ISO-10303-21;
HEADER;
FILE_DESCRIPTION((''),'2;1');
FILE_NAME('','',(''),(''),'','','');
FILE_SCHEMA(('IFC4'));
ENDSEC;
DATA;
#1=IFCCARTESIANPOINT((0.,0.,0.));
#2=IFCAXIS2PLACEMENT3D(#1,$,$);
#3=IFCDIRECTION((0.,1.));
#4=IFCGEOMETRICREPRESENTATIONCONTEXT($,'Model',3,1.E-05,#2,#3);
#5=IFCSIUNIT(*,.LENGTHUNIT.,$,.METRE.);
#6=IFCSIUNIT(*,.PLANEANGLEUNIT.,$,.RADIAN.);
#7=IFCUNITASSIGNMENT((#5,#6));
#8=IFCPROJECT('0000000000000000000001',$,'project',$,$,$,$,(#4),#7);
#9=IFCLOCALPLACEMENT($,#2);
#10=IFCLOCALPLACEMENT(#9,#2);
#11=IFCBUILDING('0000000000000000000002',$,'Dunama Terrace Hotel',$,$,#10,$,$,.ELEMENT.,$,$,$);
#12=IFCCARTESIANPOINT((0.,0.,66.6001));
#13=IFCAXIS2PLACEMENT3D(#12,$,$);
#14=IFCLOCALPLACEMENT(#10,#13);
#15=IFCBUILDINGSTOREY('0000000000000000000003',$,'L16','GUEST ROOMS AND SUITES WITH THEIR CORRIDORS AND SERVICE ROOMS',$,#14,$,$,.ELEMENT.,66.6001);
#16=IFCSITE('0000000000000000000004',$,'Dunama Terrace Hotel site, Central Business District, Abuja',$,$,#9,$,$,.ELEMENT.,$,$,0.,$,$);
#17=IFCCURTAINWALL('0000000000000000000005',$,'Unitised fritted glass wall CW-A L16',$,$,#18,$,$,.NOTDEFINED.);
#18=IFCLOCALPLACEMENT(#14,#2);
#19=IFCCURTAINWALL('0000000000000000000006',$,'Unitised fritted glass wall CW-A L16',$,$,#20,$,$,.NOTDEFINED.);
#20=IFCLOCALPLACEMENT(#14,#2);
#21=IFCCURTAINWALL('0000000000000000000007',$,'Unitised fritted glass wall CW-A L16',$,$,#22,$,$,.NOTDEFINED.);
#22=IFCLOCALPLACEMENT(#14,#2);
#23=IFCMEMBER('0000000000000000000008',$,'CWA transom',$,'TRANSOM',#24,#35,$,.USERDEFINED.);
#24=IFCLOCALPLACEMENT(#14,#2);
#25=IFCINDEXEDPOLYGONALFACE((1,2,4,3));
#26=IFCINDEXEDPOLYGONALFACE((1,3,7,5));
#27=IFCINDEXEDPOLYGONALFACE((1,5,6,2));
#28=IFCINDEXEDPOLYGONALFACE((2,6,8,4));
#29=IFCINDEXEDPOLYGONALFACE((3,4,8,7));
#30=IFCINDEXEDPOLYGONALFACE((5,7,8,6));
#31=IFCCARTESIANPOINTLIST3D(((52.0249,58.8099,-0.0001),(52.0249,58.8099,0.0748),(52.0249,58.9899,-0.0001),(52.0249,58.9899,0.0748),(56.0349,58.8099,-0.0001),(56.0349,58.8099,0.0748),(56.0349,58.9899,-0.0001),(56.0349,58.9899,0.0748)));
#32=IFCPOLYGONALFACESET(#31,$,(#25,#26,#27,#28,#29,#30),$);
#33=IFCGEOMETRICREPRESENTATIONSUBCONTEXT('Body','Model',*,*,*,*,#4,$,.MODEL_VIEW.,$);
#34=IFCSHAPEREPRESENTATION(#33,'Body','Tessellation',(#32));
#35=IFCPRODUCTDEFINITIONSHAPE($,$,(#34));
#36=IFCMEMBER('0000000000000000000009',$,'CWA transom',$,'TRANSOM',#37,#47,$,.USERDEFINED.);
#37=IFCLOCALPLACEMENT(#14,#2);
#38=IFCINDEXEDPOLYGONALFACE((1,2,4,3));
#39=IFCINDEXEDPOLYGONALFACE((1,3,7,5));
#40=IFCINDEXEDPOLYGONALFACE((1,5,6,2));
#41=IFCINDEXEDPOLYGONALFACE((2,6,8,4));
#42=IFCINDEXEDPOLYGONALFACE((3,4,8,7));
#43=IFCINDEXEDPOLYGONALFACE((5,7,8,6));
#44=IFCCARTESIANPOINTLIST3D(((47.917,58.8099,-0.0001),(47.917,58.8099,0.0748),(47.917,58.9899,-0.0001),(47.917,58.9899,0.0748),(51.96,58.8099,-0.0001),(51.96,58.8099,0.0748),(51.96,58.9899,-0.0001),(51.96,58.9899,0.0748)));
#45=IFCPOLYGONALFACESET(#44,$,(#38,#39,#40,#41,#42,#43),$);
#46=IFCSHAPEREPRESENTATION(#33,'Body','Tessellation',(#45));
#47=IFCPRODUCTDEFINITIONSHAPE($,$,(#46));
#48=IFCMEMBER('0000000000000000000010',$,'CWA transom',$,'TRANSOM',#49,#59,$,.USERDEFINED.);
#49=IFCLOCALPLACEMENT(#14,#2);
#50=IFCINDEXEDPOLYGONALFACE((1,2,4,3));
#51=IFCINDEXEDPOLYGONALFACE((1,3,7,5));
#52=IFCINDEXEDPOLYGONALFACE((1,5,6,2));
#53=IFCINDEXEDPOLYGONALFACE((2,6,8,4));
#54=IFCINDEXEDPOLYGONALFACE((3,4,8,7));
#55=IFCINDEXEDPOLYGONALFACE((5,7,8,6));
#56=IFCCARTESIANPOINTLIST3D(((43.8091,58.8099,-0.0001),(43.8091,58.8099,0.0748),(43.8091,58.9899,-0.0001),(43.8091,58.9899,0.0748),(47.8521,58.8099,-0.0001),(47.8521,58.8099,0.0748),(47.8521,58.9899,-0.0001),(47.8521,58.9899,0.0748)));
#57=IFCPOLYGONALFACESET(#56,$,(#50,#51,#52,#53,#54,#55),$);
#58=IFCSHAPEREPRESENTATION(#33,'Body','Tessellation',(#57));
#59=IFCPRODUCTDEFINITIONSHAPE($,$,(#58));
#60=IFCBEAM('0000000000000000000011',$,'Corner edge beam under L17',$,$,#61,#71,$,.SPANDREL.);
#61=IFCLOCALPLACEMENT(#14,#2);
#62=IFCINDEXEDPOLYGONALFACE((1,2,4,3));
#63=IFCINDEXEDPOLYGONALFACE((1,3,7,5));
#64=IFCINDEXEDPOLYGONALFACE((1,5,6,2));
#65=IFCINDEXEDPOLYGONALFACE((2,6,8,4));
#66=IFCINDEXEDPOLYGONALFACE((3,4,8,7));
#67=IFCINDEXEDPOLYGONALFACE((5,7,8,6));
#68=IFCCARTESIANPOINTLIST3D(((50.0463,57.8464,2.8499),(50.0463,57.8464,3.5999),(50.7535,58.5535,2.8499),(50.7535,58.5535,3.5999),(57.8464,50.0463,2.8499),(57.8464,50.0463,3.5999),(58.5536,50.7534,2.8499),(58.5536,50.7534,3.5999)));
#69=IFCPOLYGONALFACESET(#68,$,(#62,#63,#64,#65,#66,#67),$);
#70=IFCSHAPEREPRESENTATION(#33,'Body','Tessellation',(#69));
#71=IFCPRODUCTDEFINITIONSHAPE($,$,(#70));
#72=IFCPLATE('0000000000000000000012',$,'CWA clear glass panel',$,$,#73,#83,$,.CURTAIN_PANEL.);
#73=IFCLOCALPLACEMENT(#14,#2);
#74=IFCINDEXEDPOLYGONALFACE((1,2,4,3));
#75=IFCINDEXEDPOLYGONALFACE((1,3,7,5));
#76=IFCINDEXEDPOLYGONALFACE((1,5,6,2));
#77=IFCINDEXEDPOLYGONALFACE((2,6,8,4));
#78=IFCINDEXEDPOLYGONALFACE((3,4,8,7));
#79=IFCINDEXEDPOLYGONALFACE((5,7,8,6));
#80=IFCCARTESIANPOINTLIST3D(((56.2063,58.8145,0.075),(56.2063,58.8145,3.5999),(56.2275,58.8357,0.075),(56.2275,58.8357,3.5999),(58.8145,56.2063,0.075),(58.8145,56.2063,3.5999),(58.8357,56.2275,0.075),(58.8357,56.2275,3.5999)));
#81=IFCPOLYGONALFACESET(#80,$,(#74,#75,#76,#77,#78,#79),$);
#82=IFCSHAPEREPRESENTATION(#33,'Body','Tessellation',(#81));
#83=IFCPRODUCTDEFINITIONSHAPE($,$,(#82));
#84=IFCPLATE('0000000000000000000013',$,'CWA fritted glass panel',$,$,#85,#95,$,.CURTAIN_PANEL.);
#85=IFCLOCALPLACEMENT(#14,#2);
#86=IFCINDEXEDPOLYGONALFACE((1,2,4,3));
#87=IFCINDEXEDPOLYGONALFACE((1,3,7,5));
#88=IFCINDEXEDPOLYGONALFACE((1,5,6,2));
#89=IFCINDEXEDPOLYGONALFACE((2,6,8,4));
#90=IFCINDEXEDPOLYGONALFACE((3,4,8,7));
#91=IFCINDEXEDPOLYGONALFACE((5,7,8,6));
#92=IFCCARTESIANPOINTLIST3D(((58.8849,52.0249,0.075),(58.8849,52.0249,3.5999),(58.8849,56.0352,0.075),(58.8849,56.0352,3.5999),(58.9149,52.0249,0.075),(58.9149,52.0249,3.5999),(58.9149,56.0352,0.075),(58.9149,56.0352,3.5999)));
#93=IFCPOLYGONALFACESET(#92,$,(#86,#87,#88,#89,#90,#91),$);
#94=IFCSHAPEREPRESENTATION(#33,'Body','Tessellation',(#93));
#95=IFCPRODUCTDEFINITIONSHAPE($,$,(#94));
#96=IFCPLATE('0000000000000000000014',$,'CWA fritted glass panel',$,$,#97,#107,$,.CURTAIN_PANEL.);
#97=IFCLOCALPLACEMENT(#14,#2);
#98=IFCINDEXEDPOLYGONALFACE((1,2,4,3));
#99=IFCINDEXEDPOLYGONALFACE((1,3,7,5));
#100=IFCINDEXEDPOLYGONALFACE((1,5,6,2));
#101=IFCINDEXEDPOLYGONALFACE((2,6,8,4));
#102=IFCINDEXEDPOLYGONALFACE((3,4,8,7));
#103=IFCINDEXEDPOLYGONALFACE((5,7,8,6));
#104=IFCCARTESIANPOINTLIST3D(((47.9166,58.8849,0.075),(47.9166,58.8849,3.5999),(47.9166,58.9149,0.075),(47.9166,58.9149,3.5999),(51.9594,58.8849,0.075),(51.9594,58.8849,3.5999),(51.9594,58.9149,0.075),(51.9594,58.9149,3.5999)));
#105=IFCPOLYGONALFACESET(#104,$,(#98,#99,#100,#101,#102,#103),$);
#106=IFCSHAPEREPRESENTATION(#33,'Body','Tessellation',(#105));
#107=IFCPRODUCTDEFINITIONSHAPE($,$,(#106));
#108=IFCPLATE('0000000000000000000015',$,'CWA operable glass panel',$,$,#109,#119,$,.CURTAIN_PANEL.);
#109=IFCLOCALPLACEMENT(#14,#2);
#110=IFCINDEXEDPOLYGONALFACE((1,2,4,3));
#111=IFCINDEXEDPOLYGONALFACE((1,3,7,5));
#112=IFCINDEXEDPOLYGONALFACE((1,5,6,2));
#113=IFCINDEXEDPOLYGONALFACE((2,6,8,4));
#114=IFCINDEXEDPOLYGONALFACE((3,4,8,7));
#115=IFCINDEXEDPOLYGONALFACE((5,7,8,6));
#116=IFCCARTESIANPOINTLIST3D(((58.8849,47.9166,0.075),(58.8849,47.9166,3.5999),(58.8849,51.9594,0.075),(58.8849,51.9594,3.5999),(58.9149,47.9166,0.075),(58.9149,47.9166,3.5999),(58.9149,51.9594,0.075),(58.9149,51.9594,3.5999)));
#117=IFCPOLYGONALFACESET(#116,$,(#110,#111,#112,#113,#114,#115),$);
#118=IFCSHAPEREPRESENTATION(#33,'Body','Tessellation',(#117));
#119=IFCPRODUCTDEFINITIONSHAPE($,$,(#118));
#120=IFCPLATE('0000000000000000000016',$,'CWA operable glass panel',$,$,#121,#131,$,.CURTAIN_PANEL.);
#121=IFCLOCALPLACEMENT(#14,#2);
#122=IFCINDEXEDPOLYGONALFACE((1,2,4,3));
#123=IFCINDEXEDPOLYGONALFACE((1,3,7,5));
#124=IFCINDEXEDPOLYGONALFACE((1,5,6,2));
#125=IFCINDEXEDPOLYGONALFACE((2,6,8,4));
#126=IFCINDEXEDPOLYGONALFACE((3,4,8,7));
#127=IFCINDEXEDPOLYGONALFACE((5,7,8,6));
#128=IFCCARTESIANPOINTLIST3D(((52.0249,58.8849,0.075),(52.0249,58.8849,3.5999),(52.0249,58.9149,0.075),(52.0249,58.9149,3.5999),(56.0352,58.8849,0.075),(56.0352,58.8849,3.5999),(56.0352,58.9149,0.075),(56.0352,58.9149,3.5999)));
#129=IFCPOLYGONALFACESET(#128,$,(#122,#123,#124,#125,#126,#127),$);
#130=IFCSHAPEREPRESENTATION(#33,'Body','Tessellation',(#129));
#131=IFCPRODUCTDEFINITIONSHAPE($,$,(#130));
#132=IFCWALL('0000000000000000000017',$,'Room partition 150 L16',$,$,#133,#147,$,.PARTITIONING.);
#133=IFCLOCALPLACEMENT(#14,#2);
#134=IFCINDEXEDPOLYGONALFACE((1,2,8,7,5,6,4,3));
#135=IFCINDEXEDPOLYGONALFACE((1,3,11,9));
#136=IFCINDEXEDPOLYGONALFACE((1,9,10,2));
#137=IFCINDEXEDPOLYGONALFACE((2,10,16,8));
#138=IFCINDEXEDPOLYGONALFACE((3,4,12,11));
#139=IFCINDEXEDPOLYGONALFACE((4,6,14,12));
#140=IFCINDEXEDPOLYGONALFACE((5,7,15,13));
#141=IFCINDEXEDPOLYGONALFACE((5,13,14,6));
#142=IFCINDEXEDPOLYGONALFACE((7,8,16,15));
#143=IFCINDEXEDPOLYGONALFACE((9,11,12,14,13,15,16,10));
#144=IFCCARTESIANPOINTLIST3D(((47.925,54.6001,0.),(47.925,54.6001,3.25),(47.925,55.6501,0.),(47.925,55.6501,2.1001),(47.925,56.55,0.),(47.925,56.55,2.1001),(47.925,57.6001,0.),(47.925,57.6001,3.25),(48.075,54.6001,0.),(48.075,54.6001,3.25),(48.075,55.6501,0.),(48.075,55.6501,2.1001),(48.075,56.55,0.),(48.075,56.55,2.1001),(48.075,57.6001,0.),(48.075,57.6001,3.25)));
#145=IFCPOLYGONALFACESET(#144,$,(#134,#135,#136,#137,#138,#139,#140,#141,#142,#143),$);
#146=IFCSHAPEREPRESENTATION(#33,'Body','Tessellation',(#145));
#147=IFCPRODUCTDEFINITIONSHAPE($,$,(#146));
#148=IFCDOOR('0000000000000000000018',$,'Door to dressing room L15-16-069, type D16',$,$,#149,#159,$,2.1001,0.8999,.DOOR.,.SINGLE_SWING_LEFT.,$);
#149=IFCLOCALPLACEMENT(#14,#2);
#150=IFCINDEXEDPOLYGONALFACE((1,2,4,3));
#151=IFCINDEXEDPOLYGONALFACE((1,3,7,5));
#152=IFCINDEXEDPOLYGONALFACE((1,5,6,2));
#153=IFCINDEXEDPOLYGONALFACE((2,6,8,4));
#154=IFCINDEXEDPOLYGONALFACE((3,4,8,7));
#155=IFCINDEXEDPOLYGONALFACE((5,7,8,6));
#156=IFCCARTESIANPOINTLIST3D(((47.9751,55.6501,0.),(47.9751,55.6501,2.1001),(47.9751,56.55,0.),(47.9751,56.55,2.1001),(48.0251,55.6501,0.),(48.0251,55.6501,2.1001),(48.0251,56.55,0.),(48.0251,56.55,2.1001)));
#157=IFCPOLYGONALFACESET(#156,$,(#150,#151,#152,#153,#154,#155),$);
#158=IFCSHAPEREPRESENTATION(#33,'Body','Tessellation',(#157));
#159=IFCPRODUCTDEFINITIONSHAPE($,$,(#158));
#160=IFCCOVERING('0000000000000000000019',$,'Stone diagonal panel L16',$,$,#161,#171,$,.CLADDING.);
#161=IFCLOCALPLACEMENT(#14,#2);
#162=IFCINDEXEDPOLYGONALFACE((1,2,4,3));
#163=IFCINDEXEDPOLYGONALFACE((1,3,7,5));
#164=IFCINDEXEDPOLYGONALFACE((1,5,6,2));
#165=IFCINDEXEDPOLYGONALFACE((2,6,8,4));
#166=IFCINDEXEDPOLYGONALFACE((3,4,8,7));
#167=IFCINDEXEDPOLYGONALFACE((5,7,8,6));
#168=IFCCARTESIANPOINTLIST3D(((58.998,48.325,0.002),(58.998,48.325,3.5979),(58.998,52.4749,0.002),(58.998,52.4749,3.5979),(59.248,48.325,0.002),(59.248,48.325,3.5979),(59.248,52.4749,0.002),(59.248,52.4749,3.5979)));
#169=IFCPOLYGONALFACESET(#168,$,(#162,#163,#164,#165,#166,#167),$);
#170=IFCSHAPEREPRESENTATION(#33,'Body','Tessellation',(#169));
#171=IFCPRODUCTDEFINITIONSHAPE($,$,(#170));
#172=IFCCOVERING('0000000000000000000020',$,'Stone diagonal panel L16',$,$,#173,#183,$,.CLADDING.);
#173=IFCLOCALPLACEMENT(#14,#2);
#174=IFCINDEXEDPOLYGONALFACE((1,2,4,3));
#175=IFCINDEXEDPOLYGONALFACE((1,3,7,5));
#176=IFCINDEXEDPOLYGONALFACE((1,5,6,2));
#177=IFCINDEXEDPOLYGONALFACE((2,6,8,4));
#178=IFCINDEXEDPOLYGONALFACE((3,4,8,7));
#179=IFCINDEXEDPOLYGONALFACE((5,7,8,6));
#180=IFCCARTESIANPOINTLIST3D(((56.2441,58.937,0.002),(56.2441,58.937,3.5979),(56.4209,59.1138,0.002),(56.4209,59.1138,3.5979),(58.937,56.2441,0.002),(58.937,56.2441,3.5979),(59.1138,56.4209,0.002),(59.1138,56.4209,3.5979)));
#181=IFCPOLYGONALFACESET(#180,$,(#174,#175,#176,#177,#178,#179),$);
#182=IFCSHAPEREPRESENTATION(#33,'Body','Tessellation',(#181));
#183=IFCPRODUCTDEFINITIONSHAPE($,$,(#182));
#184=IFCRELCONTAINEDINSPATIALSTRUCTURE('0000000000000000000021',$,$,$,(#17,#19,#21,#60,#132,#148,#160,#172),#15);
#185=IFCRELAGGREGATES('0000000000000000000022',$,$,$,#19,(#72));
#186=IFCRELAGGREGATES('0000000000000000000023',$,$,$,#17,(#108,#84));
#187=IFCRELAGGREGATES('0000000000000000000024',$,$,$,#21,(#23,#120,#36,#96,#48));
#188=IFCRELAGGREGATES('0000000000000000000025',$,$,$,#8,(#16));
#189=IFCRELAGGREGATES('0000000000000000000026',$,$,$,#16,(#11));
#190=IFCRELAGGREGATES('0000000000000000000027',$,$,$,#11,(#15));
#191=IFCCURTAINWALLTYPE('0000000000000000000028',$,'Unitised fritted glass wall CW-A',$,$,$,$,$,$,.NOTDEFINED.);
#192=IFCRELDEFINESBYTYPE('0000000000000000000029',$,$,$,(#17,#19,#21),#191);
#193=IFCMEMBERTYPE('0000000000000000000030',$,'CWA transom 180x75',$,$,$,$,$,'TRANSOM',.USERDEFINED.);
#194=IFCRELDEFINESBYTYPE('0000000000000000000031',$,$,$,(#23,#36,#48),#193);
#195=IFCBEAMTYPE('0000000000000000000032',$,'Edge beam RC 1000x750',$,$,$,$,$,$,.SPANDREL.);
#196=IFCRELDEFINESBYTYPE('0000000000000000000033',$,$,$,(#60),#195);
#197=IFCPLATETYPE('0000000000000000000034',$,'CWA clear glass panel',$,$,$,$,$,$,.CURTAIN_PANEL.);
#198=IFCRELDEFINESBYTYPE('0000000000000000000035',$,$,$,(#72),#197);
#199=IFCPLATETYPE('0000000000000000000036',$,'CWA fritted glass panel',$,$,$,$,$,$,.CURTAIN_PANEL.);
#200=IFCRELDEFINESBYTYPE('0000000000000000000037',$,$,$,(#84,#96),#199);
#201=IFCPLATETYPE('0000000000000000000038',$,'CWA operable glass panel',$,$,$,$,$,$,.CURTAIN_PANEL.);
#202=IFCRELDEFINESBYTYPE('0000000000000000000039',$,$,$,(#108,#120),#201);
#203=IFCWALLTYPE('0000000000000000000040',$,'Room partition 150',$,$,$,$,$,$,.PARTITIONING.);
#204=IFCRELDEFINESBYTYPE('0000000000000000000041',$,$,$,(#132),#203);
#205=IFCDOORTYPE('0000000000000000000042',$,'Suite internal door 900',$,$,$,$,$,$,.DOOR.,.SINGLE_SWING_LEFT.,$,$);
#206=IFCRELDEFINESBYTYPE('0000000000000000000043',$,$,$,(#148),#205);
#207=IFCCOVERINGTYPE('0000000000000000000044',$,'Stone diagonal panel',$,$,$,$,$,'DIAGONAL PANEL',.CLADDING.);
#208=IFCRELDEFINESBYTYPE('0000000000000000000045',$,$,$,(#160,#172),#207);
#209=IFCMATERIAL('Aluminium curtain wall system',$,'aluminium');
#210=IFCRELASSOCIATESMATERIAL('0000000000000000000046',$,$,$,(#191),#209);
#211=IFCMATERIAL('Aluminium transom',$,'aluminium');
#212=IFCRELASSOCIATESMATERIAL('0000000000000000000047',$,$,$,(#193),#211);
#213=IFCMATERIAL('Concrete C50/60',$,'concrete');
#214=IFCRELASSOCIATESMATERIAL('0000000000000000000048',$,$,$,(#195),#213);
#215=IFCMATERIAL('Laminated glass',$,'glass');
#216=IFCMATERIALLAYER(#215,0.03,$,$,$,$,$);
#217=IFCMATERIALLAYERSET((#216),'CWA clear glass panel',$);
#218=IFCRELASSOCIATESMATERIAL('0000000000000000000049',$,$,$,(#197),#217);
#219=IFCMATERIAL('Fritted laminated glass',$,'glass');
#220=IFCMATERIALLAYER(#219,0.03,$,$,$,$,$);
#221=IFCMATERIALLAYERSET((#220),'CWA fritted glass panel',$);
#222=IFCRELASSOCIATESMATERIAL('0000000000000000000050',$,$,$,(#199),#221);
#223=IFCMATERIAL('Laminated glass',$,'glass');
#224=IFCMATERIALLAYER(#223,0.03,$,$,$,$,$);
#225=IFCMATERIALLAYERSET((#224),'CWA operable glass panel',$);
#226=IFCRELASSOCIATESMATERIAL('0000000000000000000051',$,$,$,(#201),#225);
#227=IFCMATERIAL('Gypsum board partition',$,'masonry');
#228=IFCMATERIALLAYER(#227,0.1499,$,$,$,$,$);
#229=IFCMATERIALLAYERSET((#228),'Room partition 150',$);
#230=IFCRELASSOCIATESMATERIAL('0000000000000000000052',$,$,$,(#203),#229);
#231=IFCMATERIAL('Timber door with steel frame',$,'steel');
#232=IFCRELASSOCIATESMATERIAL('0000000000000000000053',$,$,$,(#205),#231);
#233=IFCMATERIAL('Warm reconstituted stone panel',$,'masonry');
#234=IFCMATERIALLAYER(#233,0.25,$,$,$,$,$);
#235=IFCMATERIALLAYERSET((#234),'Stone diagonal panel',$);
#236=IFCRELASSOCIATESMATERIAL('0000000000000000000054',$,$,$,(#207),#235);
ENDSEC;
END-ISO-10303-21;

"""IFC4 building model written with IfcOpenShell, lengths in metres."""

from ifc_helpers import new_model, si_unit, direction, frame, frame_2d, origin, origin_2d, place, context, subcontext, project, spatial, rectangle, extrude, material, layer, layer_set, material_profile, profile_set, type_object, element, fill, aggregate, save


model = new_model("IFC4")

# Units and contexts
model_context = context("Model", 3, precision=1e-05, world=origin(), true_north=direction((0.0, 1.0)))
body_context = subcontext(model_context, "Body", "Model", "MODEL_VIEW")
ifc_project = project(units=[si_unit("LENGTHUNIT", "METRE"), si_unit("PLANEANGLEUNIT", "RADIAN")], contexts=[model_context])

# Site, building, storey
site_placement = place(None, origin())
site = spatial("IfcSite", under=ifc_project, at=site_placement, Name="Dunama Terrace Hotel site, Central Business District, Abuja", CompositionType="ELEMENT", RefElevation=0.0)
building_placement = place(site_placement, origin())
building = spatial("IfcBuilding", under=site, at=building_placement, Name="Dunama Terrace Hotel", CompositionType="ELEMENT")
storey_placement = place(building_placement, frame((0.0, 0.0, 66.6001)))
storey = spatial("IfcBuildingStorey", under=building, at=storey_placement, Name="L16", Description="GUEST ROOMS AND SUITES WITH THEIR CORRIDORS AND SERVICE ROOMS", CompositionType="ELEMENT", Elevation=66.6001)

# Curtain walls
ifc_material_1 = material(Name="Aluminium curtain wall system", Category="aluminium")
curtain_wall_type = type_object("IfcCurtainWallType", Name="Unitised fritted glass wall CW-A", PredefinedType="NOTDEFINED", material=ifc_material_1)
curtain_wall_1_placement = place(storey_placement, origin())
curtain_wall_1 = element("IfcCurtainWall", 1, at=curtain_wall_1_placement, inside=storey, type_object=curtain_wall_type, Name="Unitised fritted glass wall CW-A L16", PredefinedType="NOTDEFINED")
curtain_wall_2_placement = place(storey_placement, origin())
curtain_wall_2 = element("IfcCurtainWall", 2, at=curtain_wall_2_placement, inside=storey, type_object=curtain_wall_type, Name="Unitised fritted glass wall CW-A L16", PredefinedType="NOTDEFINED")
curtain_wall_3_placement = place(storey_placement, origin())
curtain_wall_3 = element("IfcCurtainWall", 3, at=curtain_wall_3_placement, inside=storey, type_object=curtain_wall_type, Name="Unitised fritted glass wall CW-A L16", PredefinedType="NOTDEFINED")

# Members
ifc_material_2 = material(Name="Aluminium transom", Category="aluminium")
ifc_material_profile_1 = material_profile(ifc_material_2, rectangle(XDim=0.1799, YDim=0.075, at=origin_2d()), Name="CWA TRANSOM 180X75")
ifc_profile_set_1 = profile_set([ifc_material_profile_1], Name="Aluminium transom")
member_type_1 = type_object("IfcMemberType", Name="CWA transom 180x75", ElementType="TRANSOM", PredefinedType="USERDEFINED", material=ifc_profile_set_1)
member_1_placement = place(storey_placement, frame((56.0349, 58.8999, 0.0374), z_axis=(-1.0, 0.0, 0.0), x_axis=(0.0, -1.0, 0.0)))
member_1 = element("IfcMember", 4, at=member_1_placement, type_object=member_type_1, Name="CWA transom", ObjectType="TRANSOM", PredefinedType="USERDEFINED", context=body_context, shape_type="SweptSolid", body=[
    extrude(rectangle(XDim=0.1799, YDim=0.075, at=origin_2d()), origin(), (0.0, 0.0, 1.0), 4.01),
])
member_2_placement = place(storey_placement, frame((51.96, 58.8999, 0.0374), z_axis=(-1.0, 0.0, 0.0), x_axis=(0.0, -1.0, 0.0)))
member_2 = element("IfcMember", 5, at=member_2_placement, type_object=member_type_1, Name="CWA transom", ObjectType="TRANSOM", PredefinedType="USERDEFINED", context=body_context, shape_type="SweptSolid", body=[
    extrude(rectangle(XDim=0.1799, YDim=0.075, at=origin_2d()), origin(), (0.0, 0.0, 1.0), 4.043),
])
member_3_placement = place(storey_placement, frame((47.8521, 58.8999, 0.0374), z_axis=(-1.0, 0.0, 0.0), x_axis=(0.0, -1.0, 0.0)))
member_3 = element("IfcMember", 6, at=member_3_placement, type_object=member_type_1, Name="CWA transom", ObjectType="TRANSOM", PredefinedType="USERDEFINED", context=body_context, shape_type="SweptSolid", body=[
    extrude(rectangle(XDim=0.1799, YDim=0.075, at=origin_2d()), origin(), (0.0, 0.0, 1.0), 4.043),
])

# Beam
ifc_material_3 = material(Name="Concrete C50/60", Category="concrete")
ifc_material_profile_2 = material_profile(ifc_material_3, rectangle(XDim=1.0, YDim=0.75, at=origin_2d()), Name="RC 1000x750")
ifc_profile_set_2 = profile_set([ifc_material_profile_2], Name="Concrete C50/60")
beam_type = type_object("IfcBeamType", Name="Edge beam RC 1000x750", PredefinedType="SPANDREL", material=ifc_profile_set_2)
beam_placement = place(storey_placement, frame((50.3999, 58.2, 3.2249), z_axis=(0.707107, -0.707107, 0.0), x_axis=(0.707107, 0.707107, 0.0)))
element("IfcBeam", 7, at=beam_placement, inside=storey, type_object=beam_type, Name="Corner edge beam under L17", PredefinedType="SPANDREL", context=body_context, shape_type="SweptSolid", body=[
    extrude(rectangle(XDim=1.0, YDim=0.75, at=origin_2d()), origin(), (0.0, 0.0, 1.0), 11.031),
])

# Plates
ifc_material_4 = material(Name="Laminated glass", Category="glass")
ifc_layer_1 = layer(ifc_material_4, 0.03)
ifc_layer_set_1 = layer_set([ifc_layer_1], Name="CWA clear glass panel")
plate_type_1 = type_object("IfcPlateType", Name="CWA clear glass panel", PredefinedType="CURTAIN_PANEL", material=ifc_layer_set_1)
plate_1_placement = place(storey_placement, frame((57.521, 57.521, 0.075), z_axis=(0.0, 0.0, 1.0), x_axis=(-0.707107, 0.707107, 0.0)))
plate_1 = element("IfcPlate", 8, at=plate_1_placement, type_object=plate_type_1, Name="CWA clear glass panel", PredefinedType="CURTAIN_PANEL", context=body_context, shape_type="SweptSolid", body=[
    extrude(rectangle(XDim=3.6885, YDim=0.03, at=origin_2d()), origin(), (0.0, 0.0, 1.0), 3.5249),
])
aggregate(curtain_wall_2, [plate_1])
ifc_material_5 = material(Name="Fritted laminated glass", Category="glass")
ifc_layer_2 = layer(ifc_material_5, 0.03)
ifc_layer_set_2 = layer_set([ifc_layer_2], Name="CWA fritted glass panel")
plate_type_2 = type_object("IfcPlateType", Name="CWA fritted glass panel", PredefinedType="CURTAIN_PANEL", material=ifc_layer_set_2)
plate_2_placement = place(storey_placement, frame((58.8999, 54.03, 0.075), z_axis=(0.0, 0.0, 1.0), x_axis=(0.0, 1.0, 0.0)))
plate_2 = element("IfcPlate", 9, at=plate_2_placement, type_object=plate_type_2, Name="CWA fritted glass panel", PredefinedType="CURTAIN_PANEL", context=body_context, shape_type="SweptSolid", body=[
    extrude(rectangle(XDim=4.0103, YDim=0.03, at=origin_2d()), origin(), (0.0, 0.0, 1.0), 3.5249),
])
plate_3_placement = place(storey_placement, frame((49.938, 58.8999, 0.075), z_axis=(0.0, 0.0, 1.0), x_axis=(-1.0, 0.0, 0.0)))
plate_3 = element("IfcPlate", 10, at=plate_3_placement, type_object=plate_type_2, Name="CWA fritted glass panel", PredefinedType="CURTAIN_PANEL", context=body_context, shape_type="SweptSolid", body=[
    extrude(rectangle(XDim=4.0427, YDim=0.03, at=origin_2d()), origin(), (0.0, 0.0, 1.0), 3.5249),
])
ifc_material_6 = material(Name="Laminated glass", Category="glass")
ifc_layer_3 = layer(ifc_material_6, 0.03)
ifc_layer_set_3 = layer_set([ifc_layer_3], Name="CWA operable glass panel")
plate_type_3 = type_object("IfcPlateType", Name="CWA operable glass panel", PredefinedType="CURTAIN_PANEL", material=ifc_layer_set_3)
plate_4_placement = place(storey_placement, frame((58.8999, 49.938, 0.075), z_axis=(0.0, 0.0, 1.0), x_axis=(0.0, 1.0, 0.0)))
plate_4 = element("IfcPlate", 11, at=plate_4_placement, type_object=plate_type_3, Name="CWA operable glass panel", PredefinedType="CURTAIN_PANEL", context=body_context, shape_type="SweptSolid", body=[
    extrude(rectangle(XDim=4.0427, YDim=0.03, at=origin_2d()), origin(), (0.0, 0.0, 1.0), 3.5249),
])
aggregate(curtain_wall_1, [plate_4, plate_2])
plate_5_placement = place(storey_placement, frame((54.03, 58.8999, 0.075), z_axis=(0.0, 0.0, 1.0), x_axis=(-1.0, 0.0, 0.0)))
plate_5 = element("IfcPlate", 12, at=plate_5_placement, type_object=plate_type_3, Name="CWA operable glass panel", PredefinedType="CURTAIN_PANEL", context=body_context, shape_type="SweptSolid", body=[
    extrude(rectangle(XDim=4.0103, YDim=0.03, at=origin_2d()), origin(), (0.0, 0.0, 1.0), 3.5249),
])
aggregate(curtain_wall_3, [member_1, plate_5, member_2, plate_3, member_3])

# Wall, opening, door
ifc_material_7 = material(Name="Gypsum board partition", Category="masonry")
ifc_layer_4 = layer(ifc_material_7, 0.1499)
ifc_layer_set_4 = layer_set([ifc_layer_4], Name="Room partition 150")
wall_type = type_object("IfcWallType", Name="Room partition 150", PredefinedType="PARTITIONING", material=ifc_layer_set_4)
wall_placement = place(storey_placement, frame((48.0, 54.6001, 0.0), z_axis=(0.0, 0.0, 1.0), x_axis=(0.0, 1.0, 0.0)))
wall = element("IfcWall", 13, at=wall_placement, inside=storey, type_object=wall_type, Name="Room partition 150 L16", PredefinedType="PARTITIONING", context=body_context, shape_type="SweptSolid", body=[
    extrude(rectangle(XDim=3.0, YDim=0.1499, at=frame_2d((1.5, 0.0))), origin(), (0.0, 0.0, 1.0), 3.25),
])
opening_placement = place(wall_placement, frame((1.05, 0.0, 0.0)))
opening = element("IfcOpeningElement", 14, at=opening_placement, cuts=wall, PredefinedType="OPENING", context=body_context, shape_type="SweptSolid", body=[
    extrude(rectangle(XDim=0.8999, YDim=2.1001, at=frame_2d((0.45, 1.05))), frame((0.0, 0.085, 0.0), z_axis=(0.0, -1.0, 0.0), x_axis=(1.0, 0.0, 0.0)), (0.0, 0.0, 1.0), 0.1699),
])
ifc_material_8 = material(Name="Timber door with steel frame", Category="steel")
door_type = type_object("IfcDoorType", Name="Suite internal door 900", OperationType="SINGLE_SWING_LEFT", PredefinedType="DOOR", material=ifc_material_8)
door_placement = place(opening_placement, origin())
door = element("IfcDoor", 15, at=door_placement, inside=storey, type_object=door_type, Name="Door to dressing room L15-16-069, type D16", OperationType="SINGLE_SWING_LEFT", OverallHeight=2.1001, OverallWidth=0.8999, PredefinedType="DOOR", context=body_context, shape_type="SweptSolid", body=[
    extrude(rectangle(XDim=0.8999, YDim=2.1001, at=frame_2d((0.45, 1.05))), frame((0.0, 0.0249, 0.0), z_axis=(0.0, -1.0, 0.0), x_axis=(1.0, 0.0, 0.0)), (0.0, 0.0, 1.0), 0.05),
])
fill(opening, door)

# Coverings
ifc_material_9 = material(Name="Warm reconstituted stone panel", Category="masonry")
ifc_layer_5 = layer(ifc_material_9, 0.25)
ifc_layer_set_5 = layer_set([ifc_layer_5], Name="Stone diagonal panel")
covering_type = type_object("IfcCoveringType", Name="Stone diagonal panel", ElementType="DIAGONAL PANEL", PredefinedType="CLADDING", material=ifc_layer_set_5)
covering_1_placement = place(storey_placement, frame((59.123, 50.3999, 0.002), z_axis=(0.0, 0.0, 1.0), x_axis=(0.0, 1.0, 0.0)))
element("IfcCovering", 16, at=covering_1_placement, inside=storey, type_object=covering_type, Name="Stone diagonal panel L16", PredefinedType="CLADDING", context=body_context, shape_type="SweptSolid", body=[
    extrude(rectangle(XDim=4.1499, YDim=0.25, at=origin_2d()), origin(), (0.0, 0.0, 1.0), 3.5959),
])
covering_2_placement = place(storey_placement, frame((57.679, 57.679, 0.002), z_axis=(0.0, 0.0, 1.0), x_axis=(-0.707107, 0.707107, 0.0)))
element("IfcCovering", 17, at=covering_2_placement, inside=storey, type_object=covering_type, Name="Stone diagonal panel L16", PredefinedType="CLADDING", context=body_context, shape_type="SweptSolid", body=[
    extrude(rectangle(XDim=3.8083, YDim=0.25, at=origin_2d()), origin(), (0.0, 0.0, 1.0), 3.5959),
])

save(model, "model.ifc")
